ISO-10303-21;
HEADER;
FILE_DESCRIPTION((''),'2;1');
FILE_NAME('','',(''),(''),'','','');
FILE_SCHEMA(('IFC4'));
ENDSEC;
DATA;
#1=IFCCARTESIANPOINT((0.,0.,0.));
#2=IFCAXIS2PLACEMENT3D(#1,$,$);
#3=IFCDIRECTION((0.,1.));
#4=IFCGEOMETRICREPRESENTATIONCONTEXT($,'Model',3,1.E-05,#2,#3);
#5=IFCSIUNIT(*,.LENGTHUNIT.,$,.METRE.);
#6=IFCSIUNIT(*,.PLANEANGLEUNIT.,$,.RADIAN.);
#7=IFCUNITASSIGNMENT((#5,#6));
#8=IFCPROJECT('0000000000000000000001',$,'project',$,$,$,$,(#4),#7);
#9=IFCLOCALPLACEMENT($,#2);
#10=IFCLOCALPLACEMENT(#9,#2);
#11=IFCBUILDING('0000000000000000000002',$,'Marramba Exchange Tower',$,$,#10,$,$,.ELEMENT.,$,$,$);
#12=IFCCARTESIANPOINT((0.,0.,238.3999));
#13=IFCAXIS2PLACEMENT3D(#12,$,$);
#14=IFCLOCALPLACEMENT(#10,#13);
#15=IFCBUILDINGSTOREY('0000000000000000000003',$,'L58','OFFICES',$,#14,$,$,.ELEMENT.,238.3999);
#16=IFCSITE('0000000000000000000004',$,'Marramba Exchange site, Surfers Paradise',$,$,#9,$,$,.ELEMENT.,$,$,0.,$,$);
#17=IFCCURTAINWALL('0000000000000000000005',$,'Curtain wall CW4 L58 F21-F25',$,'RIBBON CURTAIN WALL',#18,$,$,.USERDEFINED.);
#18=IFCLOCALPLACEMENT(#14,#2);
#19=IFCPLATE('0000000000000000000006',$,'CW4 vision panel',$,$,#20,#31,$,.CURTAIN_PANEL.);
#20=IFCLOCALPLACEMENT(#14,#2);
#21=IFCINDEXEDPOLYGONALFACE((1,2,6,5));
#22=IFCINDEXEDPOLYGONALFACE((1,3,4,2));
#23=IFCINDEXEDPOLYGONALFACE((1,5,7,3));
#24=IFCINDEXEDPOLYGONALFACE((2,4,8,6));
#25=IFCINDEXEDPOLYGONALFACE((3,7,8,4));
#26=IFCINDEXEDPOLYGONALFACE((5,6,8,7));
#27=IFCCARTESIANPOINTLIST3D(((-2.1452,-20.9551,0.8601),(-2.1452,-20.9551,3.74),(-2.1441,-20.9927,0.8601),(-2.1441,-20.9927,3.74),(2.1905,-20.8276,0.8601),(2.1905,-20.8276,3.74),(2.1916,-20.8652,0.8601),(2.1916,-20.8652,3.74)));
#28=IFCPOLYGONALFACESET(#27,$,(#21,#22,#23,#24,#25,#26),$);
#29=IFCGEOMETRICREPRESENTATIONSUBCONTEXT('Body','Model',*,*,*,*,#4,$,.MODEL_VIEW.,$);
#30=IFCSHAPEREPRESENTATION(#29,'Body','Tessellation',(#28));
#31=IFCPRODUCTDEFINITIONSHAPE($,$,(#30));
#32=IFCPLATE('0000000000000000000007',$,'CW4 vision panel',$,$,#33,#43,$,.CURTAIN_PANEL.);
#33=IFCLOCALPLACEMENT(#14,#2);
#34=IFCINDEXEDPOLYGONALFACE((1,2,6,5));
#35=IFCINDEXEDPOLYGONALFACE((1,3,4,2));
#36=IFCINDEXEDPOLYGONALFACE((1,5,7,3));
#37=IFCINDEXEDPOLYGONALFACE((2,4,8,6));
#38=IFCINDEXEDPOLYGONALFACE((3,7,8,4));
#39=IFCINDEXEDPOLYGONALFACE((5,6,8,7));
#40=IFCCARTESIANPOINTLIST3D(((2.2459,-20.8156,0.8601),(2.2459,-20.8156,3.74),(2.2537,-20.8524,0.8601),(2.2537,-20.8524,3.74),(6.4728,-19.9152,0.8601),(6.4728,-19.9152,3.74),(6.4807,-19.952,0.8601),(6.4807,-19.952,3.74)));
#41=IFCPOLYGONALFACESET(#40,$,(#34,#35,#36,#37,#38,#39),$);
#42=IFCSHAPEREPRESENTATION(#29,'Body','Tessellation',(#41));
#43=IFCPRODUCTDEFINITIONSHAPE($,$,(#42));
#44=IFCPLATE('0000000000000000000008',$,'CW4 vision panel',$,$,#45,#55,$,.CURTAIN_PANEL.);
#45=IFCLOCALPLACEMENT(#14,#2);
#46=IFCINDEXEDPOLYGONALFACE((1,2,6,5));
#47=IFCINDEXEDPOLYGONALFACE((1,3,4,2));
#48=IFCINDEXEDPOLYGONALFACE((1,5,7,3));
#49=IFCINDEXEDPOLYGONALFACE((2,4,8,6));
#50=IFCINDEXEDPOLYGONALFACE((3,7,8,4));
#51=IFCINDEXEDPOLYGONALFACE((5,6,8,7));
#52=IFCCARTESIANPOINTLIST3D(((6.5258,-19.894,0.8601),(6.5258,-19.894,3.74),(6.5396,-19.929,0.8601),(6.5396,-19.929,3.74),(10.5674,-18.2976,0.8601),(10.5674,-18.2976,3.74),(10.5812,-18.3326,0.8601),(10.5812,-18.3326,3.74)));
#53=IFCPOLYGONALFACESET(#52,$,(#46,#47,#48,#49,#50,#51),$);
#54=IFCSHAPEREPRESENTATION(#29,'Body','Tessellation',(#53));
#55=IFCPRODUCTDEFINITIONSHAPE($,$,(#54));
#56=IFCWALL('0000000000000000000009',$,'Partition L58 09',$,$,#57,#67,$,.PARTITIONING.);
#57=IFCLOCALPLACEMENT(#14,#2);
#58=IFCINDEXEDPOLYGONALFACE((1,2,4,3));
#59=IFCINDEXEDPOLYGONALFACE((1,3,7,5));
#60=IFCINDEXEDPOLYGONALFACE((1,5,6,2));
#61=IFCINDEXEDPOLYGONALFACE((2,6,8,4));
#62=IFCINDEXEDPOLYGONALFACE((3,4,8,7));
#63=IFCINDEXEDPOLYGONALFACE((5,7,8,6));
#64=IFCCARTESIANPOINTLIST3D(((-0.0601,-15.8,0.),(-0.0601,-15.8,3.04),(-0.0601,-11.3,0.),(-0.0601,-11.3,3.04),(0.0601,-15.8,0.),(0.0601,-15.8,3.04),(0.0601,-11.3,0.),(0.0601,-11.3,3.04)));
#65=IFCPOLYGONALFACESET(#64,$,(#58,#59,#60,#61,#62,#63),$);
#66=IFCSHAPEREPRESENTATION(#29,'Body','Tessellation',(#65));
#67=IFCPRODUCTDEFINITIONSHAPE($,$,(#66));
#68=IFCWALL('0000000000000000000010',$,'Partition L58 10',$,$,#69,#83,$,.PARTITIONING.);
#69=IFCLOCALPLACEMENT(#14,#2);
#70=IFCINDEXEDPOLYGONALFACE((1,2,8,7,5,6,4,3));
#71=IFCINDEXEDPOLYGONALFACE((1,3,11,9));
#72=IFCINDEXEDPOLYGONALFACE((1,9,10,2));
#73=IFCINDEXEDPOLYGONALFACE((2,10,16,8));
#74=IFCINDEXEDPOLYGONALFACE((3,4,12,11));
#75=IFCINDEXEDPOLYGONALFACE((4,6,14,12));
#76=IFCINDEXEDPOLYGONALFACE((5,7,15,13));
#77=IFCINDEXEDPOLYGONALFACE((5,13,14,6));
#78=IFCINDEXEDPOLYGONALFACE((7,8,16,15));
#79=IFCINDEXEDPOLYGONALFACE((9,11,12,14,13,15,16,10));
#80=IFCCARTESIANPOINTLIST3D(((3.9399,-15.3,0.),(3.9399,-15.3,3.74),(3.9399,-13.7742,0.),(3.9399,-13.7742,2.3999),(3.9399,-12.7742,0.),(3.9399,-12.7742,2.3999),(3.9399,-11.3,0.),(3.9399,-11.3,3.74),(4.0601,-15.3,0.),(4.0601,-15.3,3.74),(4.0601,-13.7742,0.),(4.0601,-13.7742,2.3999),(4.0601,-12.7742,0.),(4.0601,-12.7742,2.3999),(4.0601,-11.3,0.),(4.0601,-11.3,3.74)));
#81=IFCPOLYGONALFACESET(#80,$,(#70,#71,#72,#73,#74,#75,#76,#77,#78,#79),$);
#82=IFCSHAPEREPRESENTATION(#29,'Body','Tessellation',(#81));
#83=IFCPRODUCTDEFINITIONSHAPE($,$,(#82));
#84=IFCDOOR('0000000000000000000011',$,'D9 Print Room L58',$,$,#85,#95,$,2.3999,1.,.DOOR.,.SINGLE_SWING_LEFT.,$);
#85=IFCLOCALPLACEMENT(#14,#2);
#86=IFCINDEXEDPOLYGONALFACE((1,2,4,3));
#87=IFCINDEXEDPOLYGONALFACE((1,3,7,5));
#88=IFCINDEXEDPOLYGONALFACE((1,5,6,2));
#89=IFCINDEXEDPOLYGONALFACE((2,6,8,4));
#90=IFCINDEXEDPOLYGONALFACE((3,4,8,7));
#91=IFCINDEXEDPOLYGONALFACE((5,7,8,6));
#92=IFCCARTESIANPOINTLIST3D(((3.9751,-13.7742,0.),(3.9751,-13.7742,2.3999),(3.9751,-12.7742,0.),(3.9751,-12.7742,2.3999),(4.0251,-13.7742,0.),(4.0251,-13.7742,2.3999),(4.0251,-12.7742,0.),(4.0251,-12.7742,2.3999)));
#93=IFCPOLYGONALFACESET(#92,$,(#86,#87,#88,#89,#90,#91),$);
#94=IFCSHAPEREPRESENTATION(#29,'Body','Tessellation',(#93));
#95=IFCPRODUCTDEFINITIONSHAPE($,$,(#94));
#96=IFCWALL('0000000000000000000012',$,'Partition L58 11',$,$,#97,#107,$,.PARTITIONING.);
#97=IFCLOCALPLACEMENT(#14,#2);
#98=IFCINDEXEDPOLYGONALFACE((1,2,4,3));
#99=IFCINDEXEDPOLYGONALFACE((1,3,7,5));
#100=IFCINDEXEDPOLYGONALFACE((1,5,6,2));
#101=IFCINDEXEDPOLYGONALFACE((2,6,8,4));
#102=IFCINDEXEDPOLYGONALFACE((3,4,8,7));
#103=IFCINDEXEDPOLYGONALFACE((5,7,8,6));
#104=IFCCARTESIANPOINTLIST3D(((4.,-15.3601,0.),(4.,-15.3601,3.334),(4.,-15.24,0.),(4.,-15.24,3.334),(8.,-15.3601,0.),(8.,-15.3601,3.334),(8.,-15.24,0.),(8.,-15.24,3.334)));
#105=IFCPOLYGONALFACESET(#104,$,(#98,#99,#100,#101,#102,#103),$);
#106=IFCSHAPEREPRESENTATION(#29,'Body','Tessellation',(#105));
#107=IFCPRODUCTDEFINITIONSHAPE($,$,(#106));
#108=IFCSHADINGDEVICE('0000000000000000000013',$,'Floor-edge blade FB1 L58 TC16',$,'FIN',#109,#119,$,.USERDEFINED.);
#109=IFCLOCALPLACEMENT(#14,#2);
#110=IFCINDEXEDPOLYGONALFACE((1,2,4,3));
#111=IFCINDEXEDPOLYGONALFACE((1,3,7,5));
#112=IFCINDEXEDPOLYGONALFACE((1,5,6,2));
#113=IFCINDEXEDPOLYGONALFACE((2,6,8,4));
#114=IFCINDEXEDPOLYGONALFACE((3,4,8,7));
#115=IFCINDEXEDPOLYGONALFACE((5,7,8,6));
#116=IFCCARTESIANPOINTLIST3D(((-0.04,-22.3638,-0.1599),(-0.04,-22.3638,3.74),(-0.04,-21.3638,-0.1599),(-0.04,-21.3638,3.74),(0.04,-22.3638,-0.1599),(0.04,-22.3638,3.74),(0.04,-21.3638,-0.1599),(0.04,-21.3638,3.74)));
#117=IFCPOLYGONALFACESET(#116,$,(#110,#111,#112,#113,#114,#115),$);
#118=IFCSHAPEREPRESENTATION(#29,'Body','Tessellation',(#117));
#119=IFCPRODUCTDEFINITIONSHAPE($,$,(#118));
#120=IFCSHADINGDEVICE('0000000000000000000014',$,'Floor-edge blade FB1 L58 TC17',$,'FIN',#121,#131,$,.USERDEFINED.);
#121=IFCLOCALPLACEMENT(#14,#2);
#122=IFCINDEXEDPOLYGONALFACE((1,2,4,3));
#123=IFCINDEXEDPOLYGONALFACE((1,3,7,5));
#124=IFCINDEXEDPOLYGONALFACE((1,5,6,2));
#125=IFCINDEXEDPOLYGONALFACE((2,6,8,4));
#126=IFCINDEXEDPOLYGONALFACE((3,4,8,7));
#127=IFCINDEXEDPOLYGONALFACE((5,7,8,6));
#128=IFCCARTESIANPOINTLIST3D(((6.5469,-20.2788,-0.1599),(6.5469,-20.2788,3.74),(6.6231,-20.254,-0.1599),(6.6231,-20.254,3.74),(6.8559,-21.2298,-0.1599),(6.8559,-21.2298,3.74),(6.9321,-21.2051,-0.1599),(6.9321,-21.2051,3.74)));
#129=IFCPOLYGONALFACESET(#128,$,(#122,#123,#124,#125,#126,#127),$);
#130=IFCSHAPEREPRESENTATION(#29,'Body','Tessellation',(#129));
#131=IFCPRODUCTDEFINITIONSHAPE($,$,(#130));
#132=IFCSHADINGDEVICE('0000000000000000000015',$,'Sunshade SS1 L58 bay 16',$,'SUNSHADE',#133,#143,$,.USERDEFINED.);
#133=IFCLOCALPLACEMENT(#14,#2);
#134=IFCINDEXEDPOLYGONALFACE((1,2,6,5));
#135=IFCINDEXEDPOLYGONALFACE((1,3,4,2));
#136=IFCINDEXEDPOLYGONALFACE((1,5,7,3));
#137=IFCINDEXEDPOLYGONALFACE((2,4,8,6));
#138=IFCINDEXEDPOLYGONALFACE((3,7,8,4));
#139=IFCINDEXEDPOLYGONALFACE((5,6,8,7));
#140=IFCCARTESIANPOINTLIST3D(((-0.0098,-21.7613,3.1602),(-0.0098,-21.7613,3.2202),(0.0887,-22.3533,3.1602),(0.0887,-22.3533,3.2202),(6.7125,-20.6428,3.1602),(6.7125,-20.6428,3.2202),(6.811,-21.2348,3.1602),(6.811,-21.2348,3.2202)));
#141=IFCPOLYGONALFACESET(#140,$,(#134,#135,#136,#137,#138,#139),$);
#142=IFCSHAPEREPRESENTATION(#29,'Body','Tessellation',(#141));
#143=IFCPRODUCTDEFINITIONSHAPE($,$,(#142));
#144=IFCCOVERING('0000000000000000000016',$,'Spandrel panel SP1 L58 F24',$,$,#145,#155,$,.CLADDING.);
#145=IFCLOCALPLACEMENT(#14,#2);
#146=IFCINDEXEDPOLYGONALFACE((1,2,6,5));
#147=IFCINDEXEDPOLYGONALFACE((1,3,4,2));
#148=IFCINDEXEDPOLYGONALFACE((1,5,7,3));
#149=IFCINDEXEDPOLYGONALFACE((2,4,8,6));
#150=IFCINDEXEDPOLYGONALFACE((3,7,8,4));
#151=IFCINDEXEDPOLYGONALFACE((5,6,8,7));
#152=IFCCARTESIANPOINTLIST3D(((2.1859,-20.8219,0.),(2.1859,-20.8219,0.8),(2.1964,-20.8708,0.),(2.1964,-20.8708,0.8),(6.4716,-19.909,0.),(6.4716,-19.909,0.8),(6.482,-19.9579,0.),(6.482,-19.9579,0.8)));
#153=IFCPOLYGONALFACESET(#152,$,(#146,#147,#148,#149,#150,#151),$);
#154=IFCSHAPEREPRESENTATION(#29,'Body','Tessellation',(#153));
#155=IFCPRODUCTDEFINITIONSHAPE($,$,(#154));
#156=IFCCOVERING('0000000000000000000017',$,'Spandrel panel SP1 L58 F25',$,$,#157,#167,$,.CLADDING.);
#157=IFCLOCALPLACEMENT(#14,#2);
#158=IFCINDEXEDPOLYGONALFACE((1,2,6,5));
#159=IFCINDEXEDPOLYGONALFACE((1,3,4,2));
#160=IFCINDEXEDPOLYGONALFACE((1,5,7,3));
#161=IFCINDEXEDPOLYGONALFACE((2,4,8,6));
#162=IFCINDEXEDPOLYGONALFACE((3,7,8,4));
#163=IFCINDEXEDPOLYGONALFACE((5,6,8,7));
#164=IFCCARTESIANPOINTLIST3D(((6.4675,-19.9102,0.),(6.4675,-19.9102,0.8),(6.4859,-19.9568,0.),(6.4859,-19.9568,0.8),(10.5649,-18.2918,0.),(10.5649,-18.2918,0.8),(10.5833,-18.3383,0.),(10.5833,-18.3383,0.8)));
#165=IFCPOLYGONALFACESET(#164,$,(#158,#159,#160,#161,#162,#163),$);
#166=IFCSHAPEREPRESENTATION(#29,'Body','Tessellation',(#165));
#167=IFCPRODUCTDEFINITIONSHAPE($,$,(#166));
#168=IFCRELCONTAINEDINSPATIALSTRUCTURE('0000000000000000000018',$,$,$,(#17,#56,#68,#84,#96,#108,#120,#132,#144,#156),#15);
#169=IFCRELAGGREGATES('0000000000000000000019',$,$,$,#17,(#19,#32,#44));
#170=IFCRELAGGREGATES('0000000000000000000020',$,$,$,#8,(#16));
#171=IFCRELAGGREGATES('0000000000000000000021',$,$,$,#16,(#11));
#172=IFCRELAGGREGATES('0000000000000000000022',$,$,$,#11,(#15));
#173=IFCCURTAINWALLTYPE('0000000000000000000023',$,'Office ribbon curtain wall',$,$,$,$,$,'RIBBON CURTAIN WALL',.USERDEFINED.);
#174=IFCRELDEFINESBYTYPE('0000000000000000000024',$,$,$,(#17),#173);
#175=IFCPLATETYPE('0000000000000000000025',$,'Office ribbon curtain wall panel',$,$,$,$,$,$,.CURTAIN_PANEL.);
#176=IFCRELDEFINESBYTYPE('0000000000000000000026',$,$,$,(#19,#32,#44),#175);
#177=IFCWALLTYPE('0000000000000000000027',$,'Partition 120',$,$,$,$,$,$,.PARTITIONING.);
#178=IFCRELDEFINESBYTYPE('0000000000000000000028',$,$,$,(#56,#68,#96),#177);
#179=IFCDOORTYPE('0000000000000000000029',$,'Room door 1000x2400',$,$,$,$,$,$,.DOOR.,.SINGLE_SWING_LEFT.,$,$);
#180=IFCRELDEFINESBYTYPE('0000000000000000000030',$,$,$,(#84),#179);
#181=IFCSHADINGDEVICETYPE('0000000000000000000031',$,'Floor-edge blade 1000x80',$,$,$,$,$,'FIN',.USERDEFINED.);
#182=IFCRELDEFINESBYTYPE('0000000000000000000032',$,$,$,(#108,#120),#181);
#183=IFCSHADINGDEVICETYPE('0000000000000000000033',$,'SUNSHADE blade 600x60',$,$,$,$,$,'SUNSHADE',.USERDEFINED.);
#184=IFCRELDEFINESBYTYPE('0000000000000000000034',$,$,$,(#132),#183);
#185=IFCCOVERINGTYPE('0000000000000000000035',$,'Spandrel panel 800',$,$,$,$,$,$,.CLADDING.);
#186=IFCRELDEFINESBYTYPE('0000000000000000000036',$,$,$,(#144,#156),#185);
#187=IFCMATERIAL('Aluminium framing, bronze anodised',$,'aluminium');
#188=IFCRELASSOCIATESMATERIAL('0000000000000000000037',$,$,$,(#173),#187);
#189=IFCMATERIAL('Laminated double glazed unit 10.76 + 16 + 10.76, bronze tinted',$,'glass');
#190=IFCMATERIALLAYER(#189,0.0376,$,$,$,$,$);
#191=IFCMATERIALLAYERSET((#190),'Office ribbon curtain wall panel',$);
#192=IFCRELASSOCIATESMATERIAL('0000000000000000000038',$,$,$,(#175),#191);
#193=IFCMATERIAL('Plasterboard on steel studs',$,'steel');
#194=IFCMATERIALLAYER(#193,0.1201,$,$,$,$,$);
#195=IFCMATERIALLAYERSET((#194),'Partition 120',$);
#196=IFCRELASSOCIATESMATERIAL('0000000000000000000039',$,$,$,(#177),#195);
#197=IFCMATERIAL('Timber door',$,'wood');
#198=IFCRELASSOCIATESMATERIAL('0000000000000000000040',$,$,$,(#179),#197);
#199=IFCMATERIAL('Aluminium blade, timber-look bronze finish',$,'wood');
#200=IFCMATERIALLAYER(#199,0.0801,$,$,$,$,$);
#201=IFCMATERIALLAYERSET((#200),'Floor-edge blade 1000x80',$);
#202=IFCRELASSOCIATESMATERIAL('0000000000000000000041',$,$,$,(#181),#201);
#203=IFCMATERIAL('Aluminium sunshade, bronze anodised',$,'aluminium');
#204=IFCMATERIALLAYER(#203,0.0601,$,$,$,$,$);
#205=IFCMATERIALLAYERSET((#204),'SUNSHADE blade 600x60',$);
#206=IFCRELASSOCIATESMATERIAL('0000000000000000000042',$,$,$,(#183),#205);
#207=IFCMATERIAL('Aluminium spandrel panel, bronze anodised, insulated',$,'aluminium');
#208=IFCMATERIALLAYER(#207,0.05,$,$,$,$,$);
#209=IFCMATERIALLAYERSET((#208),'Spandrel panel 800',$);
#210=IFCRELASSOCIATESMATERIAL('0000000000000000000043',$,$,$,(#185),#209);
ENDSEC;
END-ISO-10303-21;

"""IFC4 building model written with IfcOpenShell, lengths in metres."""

from ifc_helpers import new_model, si_unit, direction, frame, frame_2d, origin, origin_2d, place, context, subcontext, project, spatial, rectangle, extrude, material, layer, layer_set, type_object, element, fill, aggregate, save


model = new_model("IFC4")

# Units and contexts
model_context = context("Model", 3, precision=1e-05, world=origin(), true_north=direction((0.0, 1.0)))
body_context = subcontext(model_context, "Body", "Model", "MODEL_VIEW")
ifc_project = project(units=[si_unit("LENGTHUNIT", "METRE"), si_unit("PLANEANGLEUNIT", "RADIAN")], contexts=[model_context])

# Site, building, storey
site_placement = place(None, origin())
site = spatial("IfcSite", under=ifc_project, at=site_placement, Name="Marramba Exchange site, Surfers Paradise", CompositionType="ELEMENT", RefElevation=0.0)
building_placement = place(site_placement, origin())
building = spatial("IfcBuilding", under=site, at=building_placement, Name="Marramba Exchange Tower", CompositionType="ELEMENT")
storey_placement = place(building_placement, frame((0.0, 0.0, 238.3999)))
storey = spatial("IfcBuildingStorey", under=building, at=storey_placement, Name="L58", Description="OFFICES", CompositionType="ELEMENT", Elevation=238.3999)

# Curtain wall
ifc_material_1 = material(Name="Aluminium framing, bronze anodised", Category="aluminium")
curtain_wall_type = type_object("IfcCurtainWallType", Name="Office ribbon curtain wall", ElementType="RIBBON CURTAIN WALL", PredefinedType="USERDEFINED", material=ifc_material_1)
curtain_wall_placement = place(storey_placement, origin())
curtain_wall = element("IfcCurtainWall", 1, at=curtain_wall_placement, inside=storey, type_object=curtain_wall_type, Name="Curtain wall CW4 L58 F21-F25", ObjectType="RIBBON CURTAIN WALL", PredefinedType="USERDEFINED")

# Plates
ifc_material_2 = material(Name="Laminated double glazed unit 10.76 + 16 + 10.76, bronze tinted", Category="glass")
ifc_layer_1 = layer(ifc_material_2, 0.0376)
ifc_layer_set_1 = layer_set([ifc_layer_1], Name="Office ribbon curtain wall panel")
plate_type = type_object("IfcPlateType", Name="Office ribbon curtain wall panel", PredefinedType="CURTAIN_PANEL", material=ifc_layer_set_1)
plate_1_placement = place(storey_placement, frame((0.0232, -20.9102, 0.8601), z_axis=(0.0, 0.0, 1.0), x_axis=(0.999568, 0.029393, 0.0)))
plate_1 = element("IfcPlate", 2, at=plate_1_placement, type_object=plate_type, Name="CW4 vision panel", PredefinedType="CURTAIN_PANEL", context=body_context, shape_type="SweptSolid", body=[
    extrude(rectangle(XDim=4.3376, YDim=0.0376, at=origin_2d()), origin(), (0.0, 0.0, 1.0), 2.8799),
])
plate_2_placement = place(storey_placement, frame((4.3633, -20.3838, 0.8601), z_axis=(0.0, 0.0, 1.0), x_axis=(0.978058, 0.208332, 0.0)))
plate_2 = element("IfcPlate", 3, at=plate_2_placement, type_object=plate_type, Name="CW4 vision panel", PredefinedType="CURTAIN_PANEL", context=body_context, shape_type="SweptSolid", body=[
    extrude(rectangle(XDim=4.3218, YDim=0.0376, at=origin_2d()), origin(), (0.0, 0.0, 1.0), 2.8799),
])
plate_3_placement = place(storey_placement, frame((8.5535, -19.1133, 0.8601), z_axis=(0.0, 0.0, 1.0), x_axis=(0.930073, 0.367375, 0.0)))
plate_3 = element("IfcPlate", 4, at=plate_3_placement, type_object=plate_type, Name="CW4 vision panel", PredefinedType="CURTAIN_PANEL", context=body_context, shape_type="SweptSolid", body=[
    extrude(rectangle(XDim=4.3455, YDim=0.0376, at=origin_2d()), origin(), (0.0, 0.0, 1.0), 2.8799),
])
aggregate(curtain_wall, [plate_1, plate_2, plate_3])

# Wall
ifc_material_3 = material(Name="Plasterboard on steel studs", Category="steel")
ifc_layer_2 = layer(ifc_material_3, 0.1201)
ifc_layer_set_2 = layer_set([ifc_layer_2], Name="Partition 120")
wall_type = type_object("IfcWallType", Name="Partition 120", PredefinedType="PARTITIONING", material=ifc_layer_set_2)
wall_1_placement = place(storey_placement, frame((0.0, -15.8, 0.0), z_axis=(0.0, 0.0, 1.0), x_axis=(0.0, 1.0, 0.0)))
element("IfcWall", 5, at=wall_1_placement, inside=storey, type_object=wall_type, Name="Partition L58 09", PredefinedType="PARTITIONING", context=body_context, shape_type="SweptSolid", body=[
    extrude(rectangle(XDim=4.5, YDim=0.1201, at=frame_2d((2.25, 0.0))), origin(), (0.0, 0.0, 1.0), 3.04),
])

# Wall, opening, door
wall_2_placement = place(storey_placement, frame((4.0, -15.3, 0.0), z_axis=(0.0, 0.0, 1.0), x_axis=(0.0, 1.0, 0.0)))
wall_2 = element("IfcWall", 6, at=wall_2_placement, inside=storey, type_object=wall_type, Name="Partition L58 10", PredefinedType="PARTITIONING", context=body_context, shape_type="SweptSolid", body=[
    extrude(rectangle(XDim=4.0, YDim=0.1201, at=frame_2d((2.0, 0.0))), origin(), (0.0, 0.0, 1.0), 3.74),
])
opening_placement = place(wall_2_placement, frame((1.5259, 0.0, 0.0)))
opening = element("IfcOpeningElement", 7, at=opening_placement, cuts=wall_2, PredefinedType="OPENING", context=body_context, shape_type="SweptSolid", body=[
    extrude(rectangle(XDim=1.0, YDim=2.3999, at=frame_2d((0.5, 1.2))), frame((0.0, 0.0701, 0.0), z_axis=(0.0, -1.0, 0.0), x_axis=(1.0, 0.0, 0.0)), (0.0, 0.0, 1.0), 0.1401),
])
ifc_material_4 = material(Name="Timber door", Category="wood")
door_type = type_object("IfcDoorType", Name="Room door 1000x2400", OperationType="SINGLE_SWING_LEFT", PredefinedType="DOOR", material=ifc_material_4)
door_placement = place(opening_placement, frame((1.0, 0.0, 0.0), z_axis=(0.0, 0.0, 1.0), x_axis=(-1.0, 0.0, 0.0)))
door = element("IfcDoor", 8, at=door_placement, inside=storey, type_object=door_type, Name="D9 Print Room L58", OperationType="SINGLE_SWING_LEFT", OverallHeight=2.3999, OverallWidth=1.0, PredefinedType="DOOR", context=body_context, shape_type="SweptSolid", body=[
    extrude(rectangle(XDim=1.0, YDim=2.3999, at=frame_2d((0.5, 1.2))), frame((0.0, 0.0251, 0.0), z_axis=(0.0, -1.0, 0.0), x_axis=(1.0, 0.0, 0.0)), (0.0, 0.0, 1.0), 0.05),
])
fill(opening, door)

# Wall
wall_3_placement = place(storey_placement, frame((8.0, -15.3, 0.0), z_axis=(0.0, 0.0, 1.0), x_axis=(-1.0, 0.0, 0.0)))
element("IfcWall", 9, at=wall_3_placement, inside=storey, type_object=wall_type, Name="Partition L58 11", PredefinedType="PARTITIONING", context=body_context, shape_type="SweptSolid", body=[
    extrude(rectangle(XDim=4.0, YDim=0.1201, at=frame_2d((2.0, 0.0))), origin(), (0.0, 0.0, 1.0), 3.334),
])

# Shading devices
ifc_material_5 = material(Name="Aluminium blade, timber-look bronze finish", Category="wood")
ifc_layer_3 = layer(ifc_material_5, 0.0801)
ifc_layer_set_3 = layer_set([ifc_layer_3], Name="Floor-edge blade 1000x80")
shading_device_type_1 = type_object("IfcShadingDeviceType", Name="Floor-edge blade 1000x80", ElementType="FIN", PredefinedType="USERDEFINED", material=ifc_layer_set_3)
for number, where, z_axis, x_axis, name in (
    (10, (0.0, -21.8638, -0.1599), (0.0, 0.0, 1.0), (0.0, -1.0, 0.0), "Floor-edge blade FB1 L58 TC16"),
    (11, (6.7395, -20.7419, -0.1599), (0.0, 0.0, 1.0), (0.309017, -0.951057, 0.0), "Floor-edge blade FB1 L58 TC17"),
):
    element("IfcShadingDevice", number, at=place(storey_placement, frame(where, z_axis=z_axis, x_axis=x_axis)), inside=storey, type_object=shading_device_type_1, Name=name, ObjectType="FIN", PredefinedType="USERDEFINED", context=body_context, shape_type="SweptSolid", body=[
        extrude(rectangle(XDim=1.0, YDim=0.0801, at=origin_2d()), origin(), (0.0, 0.0, 1.0), 3.8999),
    ])
ifc_material_6 = material(Name="Aluminium sunshade, bronze anodised", Category="aluminium")
ifc_layer_4 = layer(ifc_material_6, 0.0601)
ifc_layer_set_4 = layer_set([ifc_layer_4], Name="SUNSHADE blade 600x60")
shading_device_type_2 = type_object("IfcShadingDeviceType", Name="SUNSHADE blade 600x60", ElementType="SUNSHADE", PredefinedType="USERDEFINED", material=ifc_layer_set_4)
shading_device_placement = place(storey_placement, frame((3.4006, -21.498, 3.1602), z_axis=(0.0, 0.0, 1.0), x_axis=(0.98644, 0.164125, 0.0)))
element("IfcShadingDevice", 12, at=shading_device_placement, inside=storey, type_object=shading_device_type_2, Name="Sunshade SS1 L58 bay 16", ObjectType="SUNSHADE", PredefinedType="USERDEFINED", context=body_context, shape_type="SweptSolid", body=[
    extrude(rectangle(XDim=6.8147, YDim=0.6001, at=origin_2d()), origin(), (0.0, 0.0, 1.0), 0.0601),
])

# Coverings
ifc_material_7 = material(Name="Aluminium spandrel panel, bronze anodised, insulated", Category="aluminium")
ifc_layer_5 = layer(ifc_material_7, 0.05)
ifc_layer_set_5 = layer_set([ifc_layer_5], Name="Spandrel panel 800")
covering_type = type_object("IfcCoveringType", Name="Spandrel panel 800", PredefinedType="CLADDING", material=ifc_layer_set_5)
covering_1_placement = place(storey_placement, frame((4.334, -20.3899, 0.0), z_axis=(0.0, 0.0, 1.0), x_axis=(0.978058, 0.208332, 0.0)))
element("IfcCovering", 13, at=covering_1_placement, inside=storey, type_object=covering_type, Name="Spandrel panel SP1 L58 F24", PredefinedType="CLADDING", context=body_context, shape_type="SweptSolid", body=[
    extrude(rectangle(XDim=4.3818, YDim=0.05, at=origin_2d()), origin(), (0.0, 0.0, 1.0), 0.8),
])
covering_2_placement = place(storey_placement, frame((8.5254, -19.1243, 0.0), z_axis=(0.0, 0.0, 1.0), x_axis=(0.930073, 0.367375, 0.0)))
element("IfcCovering", 14, at=covering_2_placement, inside=storey, type_object=covering_type, Name="Spandrel panel SP1 L58 F25", PredefinedType="CLADDING", context=body_context, shape_type="SweptSolid", body=[
    extrude(rectangle(XDim=4.4055, YDim=0.05, at=origin_2d()), origin(), (0.0, 0.0, 1.0), 0.8),
])

save(model, "model.ifc")
